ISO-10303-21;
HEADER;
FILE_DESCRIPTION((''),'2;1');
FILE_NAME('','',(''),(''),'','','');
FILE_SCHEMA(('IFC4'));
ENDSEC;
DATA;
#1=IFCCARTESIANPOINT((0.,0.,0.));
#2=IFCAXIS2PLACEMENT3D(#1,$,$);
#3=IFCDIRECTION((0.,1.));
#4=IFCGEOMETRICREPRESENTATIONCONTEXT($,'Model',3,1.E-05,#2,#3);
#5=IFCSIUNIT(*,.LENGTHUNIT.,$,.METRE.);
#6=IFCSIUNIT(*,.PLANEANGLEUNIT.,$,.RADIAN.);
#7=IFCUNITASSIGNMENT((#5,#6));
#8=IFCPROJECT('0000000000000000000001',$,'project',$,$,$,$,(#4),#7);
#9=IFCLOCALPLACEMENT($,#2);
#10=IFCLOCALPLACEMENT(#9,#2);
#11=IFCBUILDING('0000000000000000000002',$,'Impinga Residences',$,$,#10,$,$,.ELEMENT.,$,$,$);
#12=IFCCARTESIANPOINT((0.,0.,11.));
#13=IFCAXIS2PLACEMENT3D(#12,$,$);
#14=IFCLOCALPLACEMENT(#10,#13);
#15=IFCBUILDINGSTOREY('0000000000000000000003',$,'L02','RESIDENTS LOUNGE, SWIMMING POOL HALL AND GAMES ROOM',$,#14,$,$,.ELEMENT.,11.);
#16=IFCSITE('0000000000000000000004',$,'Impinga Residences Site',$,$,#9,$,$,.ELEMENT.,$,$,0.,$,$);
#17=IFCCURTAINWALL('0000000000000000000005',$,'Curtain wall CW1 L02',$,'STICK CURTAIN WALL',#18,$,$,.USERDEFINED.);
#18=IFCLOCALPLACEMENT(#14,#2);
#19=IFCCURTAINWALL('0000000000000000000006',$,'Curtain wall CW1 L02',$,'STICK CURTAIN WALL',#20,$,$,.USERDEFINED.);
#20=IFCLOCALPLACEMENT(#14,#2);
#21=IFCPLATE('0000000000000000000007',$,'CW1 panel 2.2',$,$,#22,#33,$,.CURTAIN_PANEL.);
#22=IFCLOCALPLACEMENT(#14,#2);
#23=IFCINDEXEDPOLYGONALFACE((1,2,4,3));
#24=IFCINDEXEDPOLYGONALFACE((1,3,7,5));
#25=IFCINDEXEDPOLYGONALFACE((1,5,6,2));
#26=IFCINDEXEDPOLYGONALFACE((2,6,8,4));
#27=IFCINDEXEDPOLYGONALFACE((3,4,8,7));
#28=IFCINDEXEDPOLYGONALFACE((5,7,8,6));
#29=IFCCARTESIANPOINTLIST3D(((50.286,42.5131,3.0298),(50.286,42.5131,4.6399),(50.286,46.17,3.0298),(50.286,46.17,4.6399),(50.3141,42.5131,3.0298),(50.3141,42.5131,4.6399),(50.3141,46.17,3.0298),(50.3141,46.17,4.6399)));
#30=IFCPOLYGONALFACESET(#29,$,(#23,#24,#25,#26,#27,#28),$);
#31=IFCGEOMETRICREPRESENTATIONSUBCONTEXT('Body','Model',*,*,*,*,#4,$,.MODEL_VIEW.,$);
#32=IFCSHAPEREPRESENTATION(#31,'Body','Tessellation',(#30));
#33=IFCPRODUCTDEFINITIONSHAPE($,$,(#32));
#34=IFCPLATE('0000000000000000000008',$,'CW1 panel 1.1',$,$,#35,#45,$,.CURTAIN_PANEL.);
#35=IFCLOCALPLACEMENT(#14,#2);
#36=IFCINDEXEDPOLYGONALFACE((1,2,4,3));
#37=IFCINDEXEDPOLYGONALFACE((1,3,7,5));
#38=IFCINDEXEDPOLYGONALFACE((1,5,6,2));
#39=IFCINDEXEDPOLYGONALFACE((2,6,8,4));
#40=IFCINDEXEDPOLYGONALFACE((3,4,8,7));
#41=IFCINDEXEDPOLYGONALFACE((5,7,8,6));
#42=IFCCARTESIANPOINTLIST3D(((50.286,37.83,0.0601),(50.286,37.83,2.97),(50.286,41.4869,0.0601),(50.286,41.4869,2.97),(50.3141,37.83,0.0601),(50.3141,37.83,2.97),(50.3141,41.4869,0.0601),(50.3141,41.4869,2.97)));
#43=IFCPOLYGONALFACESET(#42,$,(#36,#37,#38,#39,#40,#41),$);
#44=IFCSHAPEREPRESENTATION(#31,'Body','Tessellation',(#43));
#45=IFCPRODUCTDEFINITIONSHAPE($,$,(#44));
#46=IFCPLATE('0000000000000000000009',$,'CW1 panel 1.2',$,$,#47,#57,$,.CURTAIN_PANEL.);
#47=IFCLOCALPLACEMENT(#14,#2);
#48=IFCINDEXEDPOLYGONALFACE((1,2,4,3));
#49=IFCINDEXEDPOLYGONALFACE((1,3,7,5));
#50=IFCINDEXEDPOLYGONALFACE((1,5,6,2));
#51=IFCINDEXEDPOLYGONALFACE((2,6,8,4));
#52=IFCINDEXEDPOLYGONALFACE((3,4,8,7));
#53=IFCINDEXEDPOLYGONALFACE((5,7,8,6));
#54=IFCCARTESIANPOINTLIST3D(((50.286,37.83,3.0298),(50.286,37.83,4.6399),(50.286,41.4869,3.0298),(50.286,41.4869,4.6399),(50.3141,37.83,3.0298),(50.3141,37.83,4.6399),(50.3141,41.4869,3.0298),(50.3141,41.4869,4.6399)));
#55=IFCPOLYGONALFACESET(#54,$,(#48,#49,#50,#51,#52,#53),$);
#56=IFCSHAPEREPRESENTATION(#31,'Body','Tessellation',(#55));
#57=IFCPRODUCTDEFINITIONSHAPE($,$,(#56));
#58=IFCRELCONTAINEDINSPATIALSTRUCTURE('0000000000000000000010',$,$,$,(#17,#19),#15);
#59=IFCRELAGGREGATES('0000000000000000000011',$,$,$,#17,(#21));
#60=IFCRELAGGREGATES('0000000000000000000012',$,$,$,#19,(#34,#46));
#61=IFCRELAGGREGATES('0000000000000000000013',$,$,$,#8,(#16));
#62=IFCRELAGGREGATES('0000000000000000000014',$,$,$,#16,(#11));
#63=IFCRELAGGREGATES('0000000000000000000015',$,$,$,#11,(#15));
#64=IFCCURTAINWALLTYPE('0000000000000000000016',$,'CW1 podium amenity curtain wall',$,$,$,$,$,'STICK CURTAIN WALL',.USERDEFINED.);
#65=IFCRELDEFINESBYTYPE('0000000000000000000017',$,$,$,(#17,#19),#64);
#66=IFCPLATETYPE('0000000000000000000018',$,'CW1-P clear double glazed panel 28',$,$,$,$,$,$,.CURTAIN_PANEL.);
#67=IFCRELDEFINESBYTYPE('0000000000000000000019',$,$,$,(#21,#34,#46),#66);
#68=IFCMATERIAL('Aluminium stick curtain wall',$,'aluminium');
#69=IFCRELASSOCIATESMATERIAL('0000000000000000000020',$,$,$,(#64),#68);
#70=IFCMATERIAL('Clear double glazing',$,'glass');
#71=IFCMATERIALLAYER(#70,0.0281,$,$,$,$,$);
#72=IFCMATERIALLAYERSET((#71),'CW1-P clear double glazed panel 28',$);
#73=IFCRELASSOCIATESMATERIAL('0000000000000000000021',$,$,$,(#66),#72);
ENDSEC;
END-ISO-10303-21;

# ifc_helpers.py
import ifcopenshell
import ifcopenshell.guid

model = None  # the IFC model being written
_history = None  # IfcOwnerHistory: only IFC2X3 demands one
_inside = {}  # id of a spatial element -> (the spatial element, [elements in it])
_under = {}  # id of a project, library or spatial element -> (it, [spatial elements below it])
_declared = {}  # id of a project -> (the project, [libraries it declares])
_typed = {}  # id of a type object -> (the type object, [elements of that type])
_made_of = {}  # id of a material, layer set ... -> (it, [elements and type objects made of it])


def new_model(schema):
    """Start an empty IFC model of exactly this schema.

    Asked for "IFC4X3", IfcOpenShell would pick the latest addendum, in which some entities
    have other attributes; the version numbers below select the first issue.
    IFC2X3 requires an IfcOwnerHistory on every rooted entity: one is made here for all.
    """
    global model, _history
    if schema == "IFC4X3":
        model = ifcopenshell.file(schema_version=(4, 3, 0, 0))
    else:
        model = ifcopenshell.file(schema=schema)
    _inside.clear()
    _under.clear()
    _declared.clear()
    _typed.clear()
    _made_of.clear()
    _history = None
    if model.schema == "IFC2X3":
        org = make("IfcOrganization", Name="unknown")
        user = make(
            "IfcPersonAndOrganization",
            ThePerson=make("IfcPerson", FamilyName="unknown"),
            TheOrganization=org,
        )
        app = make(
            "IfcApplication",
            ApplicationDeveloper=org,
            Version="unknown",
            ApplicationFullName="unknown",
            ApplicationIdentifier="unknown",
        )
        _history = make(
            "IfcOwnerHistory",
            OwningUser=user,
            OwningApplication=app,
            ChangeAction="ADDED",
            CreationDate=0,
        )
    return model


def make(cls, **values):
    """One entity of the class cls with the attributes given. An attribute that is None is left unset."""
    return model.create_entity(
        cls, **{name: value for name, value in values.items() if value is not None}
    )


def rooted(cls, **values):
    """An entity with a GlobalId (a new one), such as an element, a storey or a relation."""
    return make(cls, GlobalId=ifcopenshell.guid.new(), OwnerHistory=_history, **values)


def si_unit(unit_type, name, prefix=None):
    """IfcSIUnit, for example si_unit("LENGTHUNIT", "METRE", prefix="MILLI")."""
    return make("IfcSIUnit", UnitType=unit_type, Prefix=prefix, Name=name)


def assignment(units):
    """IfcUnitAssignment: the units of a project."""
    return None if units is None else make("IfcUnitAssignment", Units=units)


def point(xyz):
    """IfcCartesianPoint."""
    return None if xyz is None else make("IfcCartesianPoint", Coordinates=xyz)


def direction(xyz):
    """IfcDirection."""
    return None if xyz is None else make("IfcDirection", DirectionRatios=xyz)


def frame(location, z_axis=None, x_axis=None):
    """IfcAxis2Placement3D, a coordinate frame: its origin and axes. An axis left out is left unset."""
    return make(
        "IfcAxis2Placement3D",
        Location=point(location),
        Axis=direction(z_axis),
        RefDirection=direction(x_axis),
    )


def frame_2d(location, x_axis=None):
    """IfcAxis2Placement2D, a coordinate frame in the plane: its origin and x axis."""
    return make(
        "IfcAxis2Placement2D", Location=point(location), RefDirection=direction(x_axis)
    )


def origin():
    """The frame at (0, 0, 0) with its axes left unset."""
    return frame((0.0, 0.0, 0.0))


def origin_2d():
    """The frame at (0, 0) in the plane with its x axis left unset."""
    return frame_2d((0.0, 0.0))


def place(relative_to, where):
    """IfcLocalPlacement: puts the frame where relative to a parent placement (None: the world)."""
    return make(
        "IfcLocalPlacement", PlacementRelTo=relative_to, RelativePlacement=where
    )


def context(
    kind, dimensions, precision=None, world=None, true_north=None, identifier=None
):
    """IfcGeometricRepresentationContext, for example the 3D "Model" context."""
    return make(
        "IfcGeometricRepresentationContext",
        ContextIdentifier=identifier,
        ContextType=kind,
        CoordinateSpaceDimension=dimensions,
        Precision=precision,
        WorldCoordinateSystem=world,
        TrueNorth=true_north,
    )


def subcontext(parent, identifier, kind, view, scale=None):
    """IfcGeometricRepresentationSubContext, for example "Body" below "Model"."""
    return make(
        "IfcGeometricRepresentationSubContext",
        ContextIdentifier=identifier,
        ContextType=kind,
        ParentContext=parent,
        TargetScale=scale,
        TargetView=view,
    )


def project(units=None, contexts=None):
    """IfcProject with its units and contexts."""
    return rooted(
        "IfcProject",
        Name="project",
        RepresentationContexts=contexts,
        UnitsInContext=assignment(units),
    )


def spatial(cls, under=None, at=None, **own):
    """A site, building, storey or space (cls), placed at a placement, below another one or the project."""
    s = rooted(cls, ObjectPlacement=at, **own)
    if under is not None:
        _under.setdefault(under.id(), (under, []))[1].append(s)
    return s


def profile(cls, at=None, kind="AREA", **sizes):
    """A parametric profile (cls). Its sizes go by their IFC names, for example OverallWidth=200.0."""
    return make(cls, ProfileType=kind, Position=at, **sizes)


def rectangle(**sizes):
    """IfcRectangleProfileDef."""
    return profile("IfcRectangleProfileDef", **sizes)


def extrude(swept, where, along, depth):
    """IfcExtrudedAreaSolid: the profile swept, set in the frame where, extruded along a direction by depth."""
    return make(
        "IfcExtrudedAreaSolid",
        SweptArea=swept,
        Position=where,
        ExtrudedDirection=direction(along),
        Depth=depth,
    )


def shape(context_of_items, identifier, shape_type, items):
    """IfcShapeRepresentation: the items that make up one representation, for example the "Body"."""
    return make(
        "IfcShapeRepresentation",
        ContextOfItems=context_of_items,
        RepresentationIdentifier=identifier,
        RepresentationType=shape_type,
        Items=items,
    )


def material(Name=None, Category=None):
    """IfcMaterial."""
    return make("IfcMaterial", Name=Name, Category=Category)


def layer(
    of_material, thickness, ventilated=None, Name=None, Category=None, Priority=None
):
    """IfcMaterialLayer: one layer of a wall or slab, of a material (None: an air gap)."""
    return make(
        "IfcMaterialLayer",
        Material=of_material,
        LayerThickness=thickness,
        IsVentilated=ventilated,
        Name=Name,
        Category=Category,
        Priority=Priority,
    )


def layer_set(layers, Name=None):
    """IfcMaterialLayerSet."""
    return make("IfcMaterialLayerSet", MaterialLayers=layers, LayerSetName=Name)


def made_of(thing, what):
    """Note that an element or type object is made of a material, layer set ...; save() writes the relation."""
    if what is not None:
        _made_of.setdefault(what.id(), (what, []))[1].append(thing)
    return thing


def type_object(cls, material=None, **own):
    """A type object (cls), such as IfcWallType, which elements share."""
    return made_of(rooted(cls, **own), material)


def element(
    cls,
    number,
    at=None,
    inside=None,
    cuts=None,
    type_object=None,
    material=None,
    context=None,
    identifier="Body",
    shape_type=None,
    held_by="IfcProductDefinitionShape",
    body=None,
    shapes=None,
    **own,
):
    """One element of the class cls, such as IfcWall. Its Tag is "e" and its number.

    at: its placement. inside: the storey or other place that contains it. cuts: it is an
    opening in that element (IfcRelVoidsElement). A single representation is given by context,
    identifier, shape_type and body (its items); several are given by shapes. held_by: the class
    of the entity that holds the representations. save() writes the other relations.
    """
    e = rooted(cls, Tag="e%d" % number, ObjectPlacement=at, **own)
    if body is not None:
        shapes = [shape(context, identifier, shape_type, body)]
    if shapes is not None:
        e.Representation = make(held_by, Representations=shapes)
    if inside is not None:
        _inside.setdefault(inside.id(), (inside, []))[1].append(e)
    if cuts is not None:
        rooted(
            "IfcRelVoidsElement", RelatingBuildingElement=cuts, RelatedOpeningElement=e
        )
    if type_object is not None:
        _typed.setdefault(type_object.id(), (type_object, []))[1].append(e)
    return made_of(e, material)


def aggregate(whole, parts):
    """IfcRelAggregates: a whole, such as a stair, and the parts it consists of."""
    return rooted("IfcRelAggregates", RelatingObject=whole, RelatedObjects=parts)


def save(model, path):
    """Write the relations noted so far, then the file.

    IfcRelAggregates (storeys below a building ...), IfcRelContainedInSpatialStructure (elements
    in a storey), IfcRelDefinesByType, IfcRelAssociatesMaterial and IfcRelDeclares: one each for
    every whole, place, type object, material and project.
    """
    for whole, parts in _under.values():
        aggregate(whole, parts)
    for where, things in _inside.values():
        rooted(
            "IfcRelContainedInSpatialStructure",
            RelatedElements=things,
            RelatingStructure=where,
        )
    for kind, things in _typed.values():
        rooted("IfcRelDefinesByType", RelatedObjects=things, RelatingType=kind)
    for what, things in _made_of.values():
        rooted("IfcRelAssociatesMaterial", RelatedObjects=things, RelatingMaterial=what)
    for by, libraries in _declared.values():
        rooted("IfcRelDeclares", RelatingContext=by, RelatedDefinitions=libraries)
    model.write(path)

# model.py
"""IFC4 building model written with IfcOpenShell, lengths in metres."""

from ifc_helpers import new_model, si_unit, direction, frame, origin, origin_2d, place, context, subcontext, project, spatial, rectangle, extrude, material, layer, layer_set, type_object, element, aggregate, save


model = new_model("IFC4")

# Units and contexts
model_context = context("Model", 3, precision=1e-05, world=origin(), true_north=direction((0.0, 1.0)))
body_context = subcontext(model_context, "Body", "Model", "MODEL_VIEW")
ifc_project = project(units=[si_unit("LENGTHUNIT", "METRE"), si_unit("PLANEANGLEUNIT", "RADIAN")], contexts=[model_context])

# Site, building, storey
site_placement = place(None, origin())
site = spatial("IfcSite", under=ifc_project, at=site_placement, Name="Impinga Residences Site", CompositionType="ELEMENT", RefElevation=0.0)
building_placement = place(site_placement, origin())
building = spatial("IfcBuilding", under=site, at=building_placement, Name="Impinga Residences", CompositionType="ELEMENT")
storey_placement = place(building_placement, frame((0.0, 0.0, 11.0)))
storey = spatial("IfcBuildingStorey", under=building, at=storey_placement, Name="L02", Description="RESIDENTS LOUNGE, SWIMMING POOL HALL AND GAMES ROOM", CompositionType="ELEMENT", Elevation=11.0)

# Curtain walls
ifc_material_1 = material(Name="Aluminium stick curtain wall", Category="aluminium")
curtain_wall_type = type_object("IfcCurtainWallType", Name="CW1 podium amenity curtain wall", ElementType="STICK CURTAIN WALL", PredefinedType="USERDEFINED", material=ifc_material_1)
curtain_wall_1_placement = place(storey_placement, origin())
curtain_wall_1 = element("IfcCurtainWall", 1, at=curtain_wall_1_placement, inside=storey, type_object=curtain_wall_type, Name="Curtain wall CW1 L02", ObjectType="STICK CURTAIN WALL", PredefinedType="USERDEFINED")
curtain_wall_2_placement = place(storey_placement, origin())
curtain_wall_2 = element("IfcCurtainWall", 2, at=curtain_wall_2_placement, inside=storey, type_object=curtain_wall_type, Name="Curtain wall CW1 L02", ObjectType="STICK CURTAIN WALL", PredefinedType="USERDEFINED")

# Plates
ifc_material_2 = material(Name="Clear double glazing", Category="glass")
ifc_layer = layer(ifc_material_2, 0.0281)
ifc_layer_set = layer_set([ifc_layer], Name="CW1-P clear double glazed panel 28")
plate_type = type_object("IfcPlateType", Name="CW1-P clear double glazed panel 28", PredefinedType="CURTAIN_PANEL", material=ifc_layer_set)
plate_1_placement = place(storey_placement, frame((50.3, 44.3416, 3.0298), z_axis=(0.0, 0.0, 1.0), x_axis=(0.0, -1.0, 0.0)))
plate_1 = element("IfcPlate", 3, at=plate_1_placement, type_object=plate_type, Name="CW1 panel 2.2", PredefinedType="CURTAIN_PANEL", context=body_context, shape_type="SweptSolid", body=[
    extrude(rectangle(XDim=3.657, YDim=0.0281, at=origin_2d()), origin(), (0.0, 0.0, 1.0), 1.6101),
])
aggregate(curtain_wall_1, [plate_1])
plate_2_placement = place(storey_placement, frame((50.3, 39.6584, 0.0601), z_axis=(0.0, 0.0, 1.0), x_axis=(0.0, -1.0, 0.0)))
plate_2 = element("IfcPlate", 4, at=plate_2_placement, type_object=plate_type, Name="CW1 panel 1.1", PredefinedType="CURTAIN_PANEL", context=body_context, shape_type="SweptSolid", body=[
    extrude(rectangle(XDim=3.657, YDim=0.0281, at=origin_2d()), origin(), (0.0, 0.0, 1.0), 2.9099),
])
plate_3_placement = place(storey_placement, frame((50.3, 39.6584, 3.0298), z_axis=(0.0, 0.0, 1.0), x_axis=(0.0, -1.0, 0.0)))
plate_3 = element("IfcPlate", 5, at=plate_3_placement, type_object=plate_type, Name="CW1 panel 1.2", PredefinedType="CURTAIN_PANEL", context=body_context, shape_type="SweptSolid", body=[
    extrude(rectangle(XDim=3.657, YDim=0.0281, at=origin_2d()), origin(), (0.0, 0.0, 1.0), 1.6101),
])
aggregate(curtain_wall_2, [plate_2, plate_3])

save(model, "model.ifc")
